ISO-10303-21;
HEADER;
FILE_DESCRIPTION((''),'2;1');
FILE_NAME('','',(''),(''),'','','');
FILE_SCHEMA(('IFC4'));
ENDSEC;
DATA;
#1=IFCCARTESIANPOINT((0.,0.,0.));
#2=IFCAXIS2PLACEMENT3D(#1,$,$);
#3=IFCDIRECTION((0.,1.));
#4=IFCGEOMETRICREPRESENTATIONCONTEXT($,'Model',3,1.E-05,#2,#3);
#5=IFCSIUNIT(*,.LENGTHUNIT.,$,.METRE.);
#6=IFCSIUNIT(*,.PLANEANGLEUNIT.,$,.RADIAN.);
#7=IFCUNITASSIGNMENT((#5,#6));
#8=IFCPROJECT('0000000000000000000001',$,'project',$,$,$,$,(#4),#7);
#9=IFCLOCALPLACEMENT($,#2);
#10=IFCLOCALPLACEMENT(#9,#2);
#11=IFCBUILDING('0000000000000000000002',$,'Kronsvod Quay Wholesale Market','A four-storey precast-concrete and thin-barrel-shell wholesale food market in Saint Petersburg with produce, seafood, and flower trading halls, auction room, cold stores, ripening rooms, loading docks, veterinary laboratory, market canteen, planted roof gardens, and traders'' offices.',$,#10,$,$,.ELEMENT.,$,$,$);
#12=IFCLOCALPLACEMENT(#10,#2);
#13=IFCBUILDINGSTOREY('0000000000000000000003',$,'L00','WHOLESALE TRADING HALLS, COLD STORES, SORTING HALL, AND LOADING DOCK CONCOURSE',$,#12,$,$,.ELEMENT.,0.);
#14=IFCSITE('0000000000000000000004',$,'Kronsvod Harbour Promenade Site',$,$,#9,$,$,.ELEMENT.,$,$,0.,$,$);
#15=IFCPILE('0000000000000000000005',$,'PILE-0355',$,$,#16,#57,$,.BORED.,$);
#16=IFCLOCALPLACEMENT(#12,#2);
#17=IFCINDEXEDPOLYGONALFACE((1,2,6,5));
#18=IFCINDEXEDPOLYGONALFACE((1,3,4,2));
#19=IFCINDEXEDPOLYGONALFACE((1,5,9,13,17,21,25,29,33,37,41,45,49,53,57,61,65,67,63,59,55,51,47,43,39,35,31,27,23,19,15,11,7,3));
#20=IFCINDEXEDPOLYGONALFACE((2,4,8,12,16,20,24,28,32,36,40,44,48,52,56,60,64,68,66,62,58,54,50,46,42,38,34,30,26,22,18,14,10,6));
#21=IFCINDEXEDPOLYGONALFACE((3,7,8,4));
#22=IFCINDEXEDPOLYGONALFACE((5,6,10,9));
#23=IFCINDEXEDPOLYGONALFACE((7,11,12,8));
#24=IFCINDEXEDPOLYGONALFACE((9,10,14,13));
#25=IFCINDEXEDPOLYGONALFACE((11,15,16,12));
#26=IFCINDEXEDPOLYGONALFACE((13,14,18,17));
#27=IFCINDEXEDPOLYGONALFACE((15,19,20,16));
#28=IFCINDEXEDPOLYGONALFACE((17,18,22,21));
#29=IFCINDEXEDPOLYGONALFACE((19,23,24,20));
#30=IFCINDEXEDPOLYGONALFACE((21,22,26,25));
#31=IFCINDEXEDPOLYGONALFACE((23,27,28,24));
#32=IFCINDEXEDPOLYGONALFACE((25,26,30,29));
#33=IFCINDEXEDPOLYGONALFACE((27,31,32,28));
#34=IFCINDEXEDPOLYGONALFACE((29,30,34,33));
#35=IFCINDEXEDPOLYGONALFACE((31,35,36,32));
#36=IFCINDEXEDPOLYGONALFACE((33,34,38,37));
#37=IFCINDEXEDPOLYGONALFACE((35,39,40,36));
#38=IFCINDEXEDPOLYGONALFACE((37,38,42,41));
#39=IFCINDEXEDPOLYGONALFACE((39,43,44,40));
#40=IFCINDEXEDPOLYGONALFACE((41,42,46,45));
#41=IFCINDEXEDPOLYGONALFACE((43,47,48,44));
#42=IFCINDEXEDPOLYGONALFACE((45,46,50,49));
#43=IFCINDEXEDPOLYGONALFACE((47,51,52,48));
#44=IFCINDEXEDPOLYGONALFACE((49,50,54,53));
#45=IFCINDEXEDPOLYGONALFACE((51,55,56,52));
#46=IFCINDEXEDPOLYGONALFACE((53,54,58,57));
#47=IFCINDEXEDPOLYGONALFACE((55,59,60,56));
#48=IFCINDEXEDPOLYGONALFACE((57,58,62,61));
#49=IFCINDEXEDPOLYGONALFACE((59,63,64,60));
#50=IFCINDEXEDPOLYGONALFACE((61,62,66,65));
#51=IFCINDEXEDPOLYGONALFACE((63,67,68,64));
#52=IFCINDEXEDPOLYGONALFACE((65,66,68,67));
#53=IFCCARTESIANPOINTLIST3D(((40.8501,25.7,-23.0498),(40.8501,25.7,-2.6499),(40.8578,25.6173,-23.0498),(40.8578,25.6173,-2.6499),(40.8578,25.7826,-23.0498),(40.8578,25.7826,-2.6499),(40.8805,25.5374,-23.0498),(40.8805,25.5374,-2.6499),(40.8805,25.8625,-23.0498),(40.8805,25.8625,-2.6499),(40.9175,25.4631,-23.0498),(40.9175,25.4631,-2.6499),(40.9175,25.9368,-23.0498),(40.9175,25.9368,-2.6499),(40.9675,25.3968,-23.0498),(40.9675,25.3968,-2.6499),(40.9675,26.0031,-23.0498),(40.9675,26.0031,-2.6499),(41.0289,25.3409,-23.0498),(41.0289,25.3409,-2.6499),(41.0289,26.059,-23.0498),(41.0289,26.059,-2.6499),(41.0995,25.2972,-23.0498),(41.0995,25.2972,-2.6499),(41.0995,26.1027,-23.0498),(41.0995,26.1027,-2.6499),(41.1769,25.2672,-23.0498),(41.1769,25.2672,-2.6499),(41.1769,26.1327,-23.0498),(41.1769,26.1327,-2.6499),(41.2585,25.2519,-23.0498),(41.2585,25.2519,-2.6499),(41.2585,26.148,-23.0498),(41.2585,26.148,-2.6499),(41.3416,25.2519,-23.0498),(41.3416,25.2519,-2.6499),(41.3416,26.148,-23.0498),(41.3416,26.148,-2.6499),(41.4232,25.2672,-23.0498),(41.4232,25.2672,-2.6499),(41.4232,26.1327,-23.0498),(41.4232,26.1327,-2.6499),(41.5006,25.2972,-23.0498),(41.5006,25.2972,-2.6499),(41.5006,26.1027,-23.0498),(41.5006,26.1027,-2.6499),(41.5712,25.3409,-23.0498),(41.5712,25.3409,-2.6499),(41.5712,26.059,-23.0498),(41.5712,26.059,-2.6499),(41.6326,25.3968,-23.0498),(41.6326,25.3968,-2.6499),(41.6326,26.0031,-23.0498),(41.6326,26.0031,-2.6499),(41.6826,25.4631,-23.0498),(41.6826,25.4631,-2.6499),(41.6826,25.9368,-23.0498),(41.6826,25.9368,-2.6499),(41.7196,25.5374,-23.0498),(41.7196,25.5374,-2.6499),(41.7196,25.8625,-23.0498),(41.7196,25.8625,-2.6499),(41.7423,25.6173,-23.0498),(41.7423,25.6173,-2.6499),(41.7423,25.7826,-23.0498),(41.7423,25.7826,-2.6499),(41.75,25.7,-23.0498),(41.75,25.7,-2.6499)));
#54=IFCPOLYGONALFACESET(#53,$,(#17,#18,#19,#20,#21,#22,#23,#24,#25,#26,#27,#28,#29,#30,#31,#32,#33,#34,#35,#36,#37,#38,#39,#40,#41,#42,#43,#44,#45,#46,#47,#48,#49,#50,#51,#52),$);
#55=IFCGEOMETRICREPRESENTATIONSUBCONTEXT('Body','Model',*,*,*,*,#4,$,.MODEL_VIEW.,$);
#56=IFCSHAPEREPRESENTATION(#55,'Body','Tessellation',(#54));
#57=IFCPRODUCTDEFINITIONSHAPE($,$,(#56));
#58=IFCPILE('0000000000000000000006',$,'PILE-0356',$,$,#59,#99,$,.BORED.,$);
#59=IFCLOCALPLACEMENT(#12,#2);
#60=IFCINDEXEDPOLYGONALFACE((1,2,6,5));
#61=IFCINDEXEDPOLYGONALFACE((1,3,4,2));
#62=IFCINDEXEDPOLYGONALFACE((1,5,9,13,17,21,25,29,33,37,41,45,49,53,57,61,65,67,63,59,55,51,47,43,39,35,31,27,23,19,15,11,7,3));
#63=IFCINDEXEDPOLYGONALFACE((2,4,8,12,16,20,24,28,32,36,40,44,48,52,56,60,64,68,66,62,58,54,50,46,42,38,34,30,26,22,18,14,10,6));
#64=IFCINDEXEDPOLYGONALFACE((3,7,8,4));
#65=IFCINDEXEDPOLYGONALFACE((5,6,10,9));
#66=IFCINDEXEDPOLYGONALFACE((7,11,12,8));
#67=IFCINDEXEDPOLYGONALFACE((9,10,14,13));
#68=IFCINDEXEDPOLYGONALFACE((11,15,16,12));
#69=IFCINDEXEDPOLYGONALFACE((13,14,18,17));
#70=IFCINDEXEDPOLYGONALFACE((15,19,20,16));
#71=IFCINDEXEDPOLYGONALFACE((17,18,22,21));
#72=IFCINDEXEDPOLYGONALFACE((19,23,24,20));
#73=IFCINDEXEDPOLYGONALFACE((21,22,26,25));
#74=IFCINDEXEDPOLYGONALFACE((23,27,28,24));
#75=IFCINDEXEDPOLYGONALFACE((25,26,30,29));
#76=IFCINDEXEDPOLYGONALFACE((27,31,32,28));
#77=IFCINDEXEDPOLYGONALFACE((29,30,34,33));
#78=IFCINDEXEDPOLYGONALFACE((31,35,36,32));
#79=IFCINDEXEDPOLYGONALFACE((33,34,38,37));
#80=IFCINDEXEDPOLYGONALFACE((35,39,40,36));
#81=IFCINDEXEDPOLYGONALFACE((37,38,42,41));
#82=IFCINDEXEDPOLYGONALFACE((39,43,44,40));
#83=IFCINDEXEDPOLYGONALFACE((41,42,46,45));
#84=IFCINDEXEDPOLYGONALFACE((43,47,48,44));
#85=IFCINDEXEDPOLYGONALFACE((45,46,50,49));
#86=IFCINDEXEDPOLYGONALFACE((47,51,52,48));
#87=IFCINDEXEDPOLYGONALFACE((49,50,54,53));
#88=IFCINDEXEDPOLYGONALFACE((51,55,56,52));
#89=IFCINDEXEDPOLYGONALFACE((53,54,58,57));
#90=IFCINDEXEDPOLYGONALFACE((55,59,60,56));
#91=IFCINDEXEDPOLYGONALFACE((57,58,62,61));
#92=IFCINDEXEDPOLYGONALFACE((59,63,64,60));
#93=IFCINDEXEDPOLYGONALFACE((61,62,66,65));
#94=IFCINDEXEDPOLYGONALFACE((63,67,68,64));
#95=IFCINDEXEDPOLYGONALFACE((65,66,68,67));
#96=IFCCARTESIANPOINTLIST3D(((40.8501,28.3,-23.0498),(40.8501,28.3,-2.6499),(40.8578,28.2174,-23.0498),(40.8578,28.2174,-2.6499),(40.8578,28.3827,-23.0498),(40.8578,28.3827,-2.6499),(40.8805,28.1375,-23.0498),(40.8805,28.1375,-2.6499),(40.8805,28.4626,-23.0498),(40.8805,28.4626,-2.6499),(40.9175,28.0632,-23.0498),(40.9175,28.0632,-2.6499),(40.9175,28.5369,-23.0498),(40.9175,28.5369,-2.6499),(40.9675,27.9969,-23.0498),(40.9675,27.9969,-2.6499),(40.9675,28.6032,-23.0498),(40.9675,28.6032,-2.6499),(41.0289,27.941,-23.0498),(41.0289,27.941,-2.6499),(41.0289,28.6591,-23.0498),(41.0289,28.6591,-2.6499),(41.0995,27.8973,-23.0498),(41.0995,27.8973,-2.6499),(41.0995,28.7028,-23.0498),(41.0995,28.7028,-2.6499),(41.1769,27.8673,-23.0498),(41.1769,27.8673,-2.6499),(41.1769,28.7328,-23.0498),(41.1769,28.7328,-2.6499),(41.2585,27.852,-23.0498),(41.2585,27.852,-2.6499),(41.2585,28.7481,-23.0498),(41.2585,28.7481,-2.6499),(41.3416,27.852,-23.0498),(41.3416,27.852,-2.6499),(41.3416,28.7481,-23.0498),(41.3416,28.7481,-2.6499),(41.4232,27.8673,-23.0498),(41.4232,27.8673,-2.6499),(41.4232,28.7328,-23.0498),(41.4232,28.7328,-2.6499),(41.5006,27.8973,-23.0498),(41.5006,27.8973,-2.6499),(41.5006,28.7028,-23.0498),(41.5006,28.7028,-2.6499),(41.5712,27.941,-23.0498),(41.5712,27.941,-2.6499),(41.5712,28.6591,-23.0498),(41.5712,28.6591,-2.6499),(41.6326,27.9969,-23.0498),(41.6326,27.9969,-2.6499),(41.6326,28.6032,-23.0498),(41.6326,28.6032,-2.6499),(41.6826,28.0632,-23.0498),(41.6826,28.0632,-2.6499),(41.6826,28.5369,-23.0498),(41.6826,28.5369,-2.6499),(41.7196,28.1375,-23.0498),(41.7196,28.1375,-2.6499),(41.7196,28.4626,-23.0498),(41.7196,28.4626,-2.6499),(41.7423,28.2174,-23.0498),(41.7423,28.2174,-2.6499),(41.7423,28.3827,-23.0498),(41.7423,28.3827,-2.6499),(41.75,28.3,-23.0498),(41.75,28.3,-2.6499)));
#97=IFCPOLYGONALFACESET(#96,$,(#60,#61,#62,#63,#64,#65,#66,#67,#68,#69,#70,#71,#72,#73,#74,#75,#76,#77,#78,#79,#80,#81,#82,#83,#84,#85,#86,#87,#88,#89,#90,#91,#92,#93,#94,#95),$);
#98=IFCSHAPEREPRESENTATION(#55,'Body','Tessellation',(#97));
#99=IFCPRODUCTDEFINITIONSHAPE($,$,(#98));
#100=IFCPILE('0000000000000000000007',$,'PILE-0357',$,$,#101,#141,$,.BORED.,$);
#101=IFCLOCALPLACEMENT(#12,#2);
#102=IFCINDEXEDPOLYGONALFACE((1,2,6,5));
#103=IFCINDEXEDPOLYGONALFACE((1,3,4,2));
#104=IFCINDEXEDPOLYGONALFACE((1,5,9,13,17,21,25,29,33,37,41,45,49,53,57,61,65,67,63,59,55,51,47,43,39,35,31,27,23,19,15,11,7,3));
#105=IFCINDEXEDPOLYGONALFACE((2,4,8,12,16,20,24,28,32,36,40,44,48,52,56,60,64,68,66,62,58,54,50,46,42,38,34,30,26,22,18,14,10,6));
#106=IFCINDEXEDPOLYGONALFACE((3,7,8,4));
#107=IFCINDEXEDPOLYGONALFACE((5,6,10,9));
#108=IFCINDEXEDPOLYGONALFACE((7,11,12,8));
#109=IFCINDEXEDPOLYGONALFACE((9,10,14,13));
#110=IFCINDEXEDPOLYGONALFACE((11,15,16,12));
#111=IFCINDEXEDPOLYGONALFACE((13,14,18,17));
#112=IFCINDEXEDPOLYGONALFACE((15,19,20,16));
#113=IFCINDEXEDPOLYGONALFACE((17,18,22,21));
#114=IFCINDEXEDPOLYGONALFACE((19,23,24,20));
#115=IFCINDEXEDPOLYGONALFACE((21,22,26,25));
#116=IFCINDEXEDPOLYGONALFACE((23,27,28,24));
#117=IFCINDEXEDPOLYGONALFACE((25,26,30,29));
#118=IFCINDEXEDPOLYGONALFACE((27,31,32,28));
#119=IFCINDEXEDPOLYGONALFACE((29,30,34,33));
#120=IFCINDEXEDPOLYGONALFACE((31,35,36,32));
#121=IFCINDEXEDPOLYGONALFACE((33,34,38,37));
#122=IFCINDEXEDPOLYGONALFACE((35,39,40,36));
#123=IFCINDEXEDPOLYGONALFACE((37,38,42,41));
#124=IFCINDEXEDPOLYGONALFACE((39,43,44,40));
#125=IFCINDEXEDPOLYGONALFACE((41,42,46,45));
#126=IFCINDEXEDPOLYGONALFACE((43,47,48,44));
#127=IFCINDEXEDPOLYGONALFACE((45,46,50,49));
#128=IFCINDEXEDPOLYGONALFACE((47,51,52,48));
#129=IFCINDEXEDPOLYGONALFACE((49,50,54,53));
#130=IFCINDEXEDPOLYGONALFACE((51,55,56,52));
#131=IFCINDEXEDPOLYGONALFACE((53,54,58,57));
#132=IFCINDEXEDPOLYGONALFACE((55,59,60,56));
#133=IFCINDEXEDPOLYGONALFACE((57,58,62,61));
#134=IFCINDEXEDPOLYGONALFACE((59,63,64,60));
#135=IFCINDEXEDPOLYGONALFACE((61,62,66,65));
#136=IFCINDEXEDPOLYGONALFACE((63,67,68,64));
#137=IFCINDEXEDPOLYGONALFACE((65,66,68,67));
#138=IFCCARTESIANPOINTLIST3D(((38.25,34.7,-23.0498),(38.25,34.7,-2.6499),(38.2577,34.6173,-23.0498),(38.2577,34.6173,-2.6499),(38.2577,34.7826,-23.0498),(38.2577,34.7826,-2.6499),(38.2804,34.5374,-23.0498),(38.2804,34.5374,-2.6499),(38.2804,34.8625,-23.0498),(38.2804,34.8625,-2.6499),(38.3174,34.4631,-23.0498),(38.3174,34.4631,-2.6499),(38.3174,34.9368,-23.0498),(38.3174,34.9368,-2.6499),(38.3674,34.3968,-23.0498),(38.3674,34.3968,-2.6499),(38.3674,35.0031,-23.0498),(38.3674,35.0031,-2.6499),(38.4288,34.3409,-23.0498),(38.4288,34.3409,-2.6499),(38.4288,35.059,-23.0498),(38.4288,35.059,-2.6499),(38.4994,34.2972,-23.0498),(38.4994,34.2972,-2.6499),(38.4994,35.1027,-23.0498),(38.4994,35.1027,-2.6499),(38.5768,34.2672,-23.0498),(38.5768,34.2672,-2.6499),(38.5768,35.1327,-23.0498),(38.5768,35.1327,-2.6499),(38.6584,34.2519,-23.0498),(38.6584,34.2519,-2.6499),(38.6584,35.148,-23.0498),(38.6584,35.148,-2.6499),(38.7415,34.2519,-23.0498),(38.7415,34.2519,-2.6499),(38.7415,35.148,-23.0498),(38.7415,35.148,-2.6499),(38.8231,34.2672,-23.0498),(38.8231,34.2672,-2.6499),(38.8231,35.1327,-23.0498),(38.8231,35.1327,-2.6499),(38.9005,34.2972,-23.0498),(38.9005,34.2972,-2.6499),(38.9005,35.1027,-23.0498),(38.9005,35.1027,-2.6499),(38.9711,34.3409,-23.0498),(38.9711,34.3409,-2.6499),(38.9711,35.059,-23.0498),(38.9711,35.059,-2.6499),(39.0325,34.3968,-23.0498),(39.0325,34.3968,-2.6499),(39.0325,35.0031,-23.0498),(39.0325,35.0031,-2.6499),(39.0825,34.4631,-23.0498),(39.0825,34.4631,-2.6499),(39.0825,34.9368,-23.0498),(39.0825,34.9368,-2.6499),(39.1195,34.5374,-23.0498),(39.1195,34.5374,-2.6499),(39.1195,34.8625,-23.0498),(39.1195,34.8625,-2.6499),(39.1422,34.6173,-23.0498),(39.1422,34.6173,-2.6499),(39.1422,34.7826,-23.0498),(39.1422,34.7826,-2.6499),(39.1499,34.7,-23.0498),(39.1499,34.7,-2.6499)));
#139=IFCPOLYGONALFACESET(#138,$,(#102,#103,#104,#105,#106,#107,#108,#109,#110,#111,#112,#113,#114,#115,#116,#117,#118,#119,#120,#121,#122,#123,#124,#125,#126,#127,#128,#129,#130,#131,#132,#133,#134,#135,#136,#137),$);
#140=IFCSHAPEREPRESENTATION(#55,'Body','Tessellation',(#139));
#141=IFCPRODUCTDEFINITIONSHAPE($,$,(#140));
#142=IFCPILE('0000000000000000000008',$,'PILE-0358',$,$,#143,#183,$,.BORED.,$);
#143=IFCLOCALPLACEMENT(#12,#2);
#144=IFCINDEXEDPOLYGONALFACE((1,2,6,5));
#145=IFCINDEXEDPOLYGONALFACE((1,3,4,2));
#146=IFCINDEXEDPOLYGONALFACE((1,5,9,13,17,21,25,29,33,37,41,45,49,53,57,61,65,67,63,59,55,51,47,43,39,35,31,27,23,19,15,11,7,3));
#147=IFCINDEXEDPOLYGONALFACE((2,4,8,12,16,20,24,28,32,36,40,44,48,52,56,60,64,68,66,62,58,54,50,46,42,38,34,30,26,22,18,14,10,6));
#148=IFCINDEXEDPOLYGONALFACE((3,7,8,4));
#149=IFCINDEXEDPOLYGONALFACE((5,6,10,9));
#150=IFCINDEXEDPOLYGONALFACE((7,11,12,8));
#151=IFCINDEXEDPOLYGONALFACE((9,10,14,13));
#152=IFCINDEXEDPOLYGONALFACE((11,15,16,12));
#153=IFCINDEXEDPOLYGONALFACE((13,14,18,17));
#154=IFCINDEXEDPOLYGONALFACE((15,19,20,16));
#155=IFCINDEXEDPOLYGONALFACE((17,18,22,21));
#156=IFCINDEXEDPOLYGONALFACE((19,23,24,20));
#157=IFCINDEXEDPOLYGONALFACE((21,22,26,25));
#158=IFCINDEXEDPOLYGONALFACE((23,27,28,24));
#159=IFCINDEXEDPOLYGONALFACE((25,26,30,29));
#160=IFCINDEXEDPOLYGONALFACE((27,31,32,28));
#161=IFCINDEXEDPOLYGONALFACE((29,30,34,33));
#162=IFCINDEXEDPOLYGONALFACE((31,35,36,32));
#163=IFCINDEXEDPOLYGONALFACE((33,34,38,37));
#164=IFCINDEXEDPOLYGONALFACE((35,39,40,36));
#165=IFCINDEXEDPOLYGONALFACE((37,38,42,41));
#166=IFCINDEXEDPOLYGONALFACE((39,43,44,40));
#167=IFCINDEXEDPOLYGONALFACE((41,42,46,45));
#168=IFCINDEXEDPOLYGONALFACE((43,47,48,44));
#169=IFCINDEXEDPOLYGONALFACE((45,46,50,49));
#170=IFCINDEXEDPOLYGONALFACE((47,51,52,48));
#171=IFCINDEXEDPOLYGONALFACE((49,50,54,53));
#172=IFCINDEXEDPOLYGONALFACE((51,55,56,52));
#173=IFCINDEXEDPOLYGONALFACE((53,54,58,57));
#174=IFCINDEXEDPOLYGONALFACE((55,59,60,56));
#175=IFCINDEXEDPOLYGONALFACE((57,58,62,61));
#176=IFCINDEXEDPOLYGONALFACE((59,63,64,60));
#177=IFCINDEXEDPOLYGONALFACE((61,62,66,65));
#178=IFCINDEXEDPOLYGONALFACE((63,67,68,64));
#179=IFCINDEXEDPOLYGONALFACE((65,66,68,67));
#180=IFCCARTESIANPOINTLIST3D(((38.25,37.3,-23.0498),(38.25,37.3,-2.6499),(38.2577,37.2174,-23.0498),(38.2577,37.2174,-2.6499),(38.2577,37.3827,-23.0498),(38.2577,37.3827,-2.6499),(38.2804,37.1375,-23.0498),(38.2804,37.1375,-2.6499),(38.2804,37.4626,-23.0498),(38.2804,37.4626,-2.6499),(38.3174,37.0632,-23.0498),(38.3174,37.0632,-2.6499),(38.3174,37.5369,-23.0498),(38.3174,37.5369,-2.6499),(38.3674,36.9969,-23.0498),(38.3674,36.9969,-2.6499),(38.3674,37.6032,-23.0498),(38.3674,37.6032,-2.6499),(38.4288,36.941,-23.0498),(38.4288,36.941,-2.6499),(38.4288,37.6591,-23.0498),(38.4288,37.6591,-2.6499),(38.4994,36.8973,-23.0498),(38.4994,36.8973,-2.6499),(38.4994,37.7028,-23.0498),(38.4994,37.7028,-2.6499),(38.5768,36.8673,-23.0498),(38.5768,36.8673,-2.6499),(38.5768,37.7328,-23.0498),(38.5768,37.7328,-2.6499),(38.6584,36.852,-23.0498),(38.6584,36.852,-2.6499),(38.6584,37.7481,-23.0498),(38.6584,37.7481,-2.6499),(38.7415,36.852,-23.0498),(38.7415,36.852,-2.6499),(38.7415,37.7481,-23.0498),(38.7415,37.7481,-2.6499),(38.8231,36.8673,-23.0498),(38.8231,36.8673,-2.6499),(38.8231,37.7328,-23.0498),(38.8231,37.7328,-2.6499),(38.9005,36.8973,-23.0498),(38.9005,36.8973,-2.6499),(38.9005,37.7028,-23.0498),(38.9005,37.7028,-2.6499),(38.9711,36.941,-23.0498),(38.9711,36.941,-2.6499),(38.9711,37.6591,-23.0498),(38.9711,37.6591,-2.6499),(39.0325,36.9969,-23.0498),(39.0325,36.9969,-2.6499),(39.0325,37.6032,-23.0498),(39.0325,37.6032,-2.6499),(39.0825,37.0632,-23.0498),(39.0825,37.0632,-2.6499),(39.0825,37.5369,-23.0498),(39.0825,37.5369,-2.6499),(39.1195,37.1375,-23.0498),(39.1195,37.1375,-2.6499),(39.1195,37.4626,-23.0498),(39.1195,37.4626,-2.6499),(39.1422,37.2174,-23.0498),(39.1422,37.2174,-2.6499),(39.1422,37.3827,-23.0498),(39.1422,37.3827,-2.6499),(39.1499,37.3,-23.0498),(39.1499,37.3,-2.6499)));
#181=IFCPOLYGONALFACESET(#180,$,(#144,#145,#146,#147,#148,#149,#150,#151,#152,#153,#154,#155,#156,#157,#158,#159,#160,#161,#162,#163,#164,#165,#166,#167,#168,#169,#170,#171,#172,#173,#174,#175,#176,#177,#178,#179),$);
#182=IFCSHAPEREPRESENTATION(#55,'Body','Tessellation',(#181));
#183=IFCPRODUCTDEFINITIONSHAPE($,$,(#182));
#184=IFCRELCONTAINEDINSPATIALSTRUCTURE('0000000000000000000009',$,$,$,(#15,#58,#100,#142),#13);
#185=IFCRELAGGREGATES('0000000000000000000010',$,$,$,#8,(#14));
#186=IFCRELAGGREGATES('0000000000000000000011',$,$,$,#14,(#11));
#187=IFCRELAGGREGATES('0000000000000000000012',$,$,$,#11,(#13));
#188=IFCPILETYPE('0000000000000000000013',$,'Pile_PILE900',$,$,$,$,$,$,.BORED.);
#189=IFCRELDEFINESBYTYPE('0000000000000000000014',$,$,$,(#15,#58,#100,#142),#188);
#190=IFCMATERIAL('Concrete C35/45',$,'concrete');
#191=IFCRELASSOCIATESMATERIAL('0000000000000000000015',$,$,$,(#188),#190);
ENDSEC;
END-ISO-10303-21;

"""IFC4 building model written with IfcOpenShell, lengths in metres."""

from ifc_helpers import new_model, si_unit, direction, frame, origin, origin_2d, place, context, subcontext, project, spatial, circle, extrude, material, material_profile, profile_set, type_object, element, save


model = new_model("IFC4")

# Units and contexts
model_context = context("Model", 3, precision=1e-05, world=origin(), true_north=direction((0.0, 1.0)))
body_context = subcontext(model_context, "Body", "Model", "MODEL_VIEW")
ifc_project = project(units=[si_unit("LENGTHUNIT", "METRE"), si_unit("PLANEANGLEUNIT", "RADIAN")], contexts=[model_context])

# Site, building, storey
site_placement = place(None, origin())
site = spatial("IfcSite", under=ifc_project, at=site_placement, Name="Kronsvod Harbour Promenade Site", CompositionType="ELEMENT", RefElevation=0.0)
building_placement = place(site_placement, origin())
building = spatial("IfcBuilding", under=site, at=building_placement, Name="Kronsvod Quay Wholesale Market", Description="A four-storey precast-concrete and thin-barrel-shell wholesale food market in Saint Petersburg with produce, seafood, and flower trading halls, auction room, cold stores, ripening rooms, loading docks, veterinary laboratory, market canteen, planted roof gardens, and traders' offices.", CompositionType="ELEMENT")
storey_placement = place(building_placement, origin())
storey = spatial("IfcBuildingStorey", under=building, at=storey_placement, Name="L00", Description="WHOLESALE TRADING HALLS, COLD STORES, SORTING HALL, AND LOADING DOCK CONCOURSE", CompositionType="ELEMENT", Elevation=0.0)

# Piles
ifc_material_1 = material(Name="Concrete C35/45", Category="concrete")
ifc_material_profile_1 = material_profile(ifc_material_1, circle(Radius=0.45, at=origin_2d()), Name="PILE900")
ifc_profile_set_1 = profile_set([ifc_material_profile_1], Name="Concrete C35/45")
pile_type = type_object("IfcPileType", Name="Pile_PILE900", PredefinedType="BORED", material=ifc_profile_set_1)
for number, where, z_axis, x_axis, name in (
    (1, (41.3, 25.7, -2.6499), (0.0, 0.0, -1.0), (1.0, 0.0, 0.0), "PILE-0355"),
    (2, (41.3, 28.3, -2.6499), (0.0, 0.0, -1.0), (1.0, 0.0, 0.0), "PILE-0356"),
    (3, (38.7, 34.7, -2.6499), (0.0, 0.0, -1.0), (1.0, 0.0, 0.0), "PILE-0357"),
    (4, (38.7, 37.3, -2.6499), (0.0, 0.0, -1.0), (1.0, 0.0, 0.0), "PILE-0358"),
):
    element("IfcPile", number, at=place(storey_placement, frame(where, z_axis=z_axis, x_axis=x_axis)), inside=storey, type_object=pile_type, Name=name, PredefinedType="BORED", context=body_context, shape_type="SweptSolid", body=[
        extrude(circle(Radius=0.45, at=origin_2d()), origin(), (0.0, 0.0, 1.0), 20.3999),
    ])

save(model, "model.ifc")
